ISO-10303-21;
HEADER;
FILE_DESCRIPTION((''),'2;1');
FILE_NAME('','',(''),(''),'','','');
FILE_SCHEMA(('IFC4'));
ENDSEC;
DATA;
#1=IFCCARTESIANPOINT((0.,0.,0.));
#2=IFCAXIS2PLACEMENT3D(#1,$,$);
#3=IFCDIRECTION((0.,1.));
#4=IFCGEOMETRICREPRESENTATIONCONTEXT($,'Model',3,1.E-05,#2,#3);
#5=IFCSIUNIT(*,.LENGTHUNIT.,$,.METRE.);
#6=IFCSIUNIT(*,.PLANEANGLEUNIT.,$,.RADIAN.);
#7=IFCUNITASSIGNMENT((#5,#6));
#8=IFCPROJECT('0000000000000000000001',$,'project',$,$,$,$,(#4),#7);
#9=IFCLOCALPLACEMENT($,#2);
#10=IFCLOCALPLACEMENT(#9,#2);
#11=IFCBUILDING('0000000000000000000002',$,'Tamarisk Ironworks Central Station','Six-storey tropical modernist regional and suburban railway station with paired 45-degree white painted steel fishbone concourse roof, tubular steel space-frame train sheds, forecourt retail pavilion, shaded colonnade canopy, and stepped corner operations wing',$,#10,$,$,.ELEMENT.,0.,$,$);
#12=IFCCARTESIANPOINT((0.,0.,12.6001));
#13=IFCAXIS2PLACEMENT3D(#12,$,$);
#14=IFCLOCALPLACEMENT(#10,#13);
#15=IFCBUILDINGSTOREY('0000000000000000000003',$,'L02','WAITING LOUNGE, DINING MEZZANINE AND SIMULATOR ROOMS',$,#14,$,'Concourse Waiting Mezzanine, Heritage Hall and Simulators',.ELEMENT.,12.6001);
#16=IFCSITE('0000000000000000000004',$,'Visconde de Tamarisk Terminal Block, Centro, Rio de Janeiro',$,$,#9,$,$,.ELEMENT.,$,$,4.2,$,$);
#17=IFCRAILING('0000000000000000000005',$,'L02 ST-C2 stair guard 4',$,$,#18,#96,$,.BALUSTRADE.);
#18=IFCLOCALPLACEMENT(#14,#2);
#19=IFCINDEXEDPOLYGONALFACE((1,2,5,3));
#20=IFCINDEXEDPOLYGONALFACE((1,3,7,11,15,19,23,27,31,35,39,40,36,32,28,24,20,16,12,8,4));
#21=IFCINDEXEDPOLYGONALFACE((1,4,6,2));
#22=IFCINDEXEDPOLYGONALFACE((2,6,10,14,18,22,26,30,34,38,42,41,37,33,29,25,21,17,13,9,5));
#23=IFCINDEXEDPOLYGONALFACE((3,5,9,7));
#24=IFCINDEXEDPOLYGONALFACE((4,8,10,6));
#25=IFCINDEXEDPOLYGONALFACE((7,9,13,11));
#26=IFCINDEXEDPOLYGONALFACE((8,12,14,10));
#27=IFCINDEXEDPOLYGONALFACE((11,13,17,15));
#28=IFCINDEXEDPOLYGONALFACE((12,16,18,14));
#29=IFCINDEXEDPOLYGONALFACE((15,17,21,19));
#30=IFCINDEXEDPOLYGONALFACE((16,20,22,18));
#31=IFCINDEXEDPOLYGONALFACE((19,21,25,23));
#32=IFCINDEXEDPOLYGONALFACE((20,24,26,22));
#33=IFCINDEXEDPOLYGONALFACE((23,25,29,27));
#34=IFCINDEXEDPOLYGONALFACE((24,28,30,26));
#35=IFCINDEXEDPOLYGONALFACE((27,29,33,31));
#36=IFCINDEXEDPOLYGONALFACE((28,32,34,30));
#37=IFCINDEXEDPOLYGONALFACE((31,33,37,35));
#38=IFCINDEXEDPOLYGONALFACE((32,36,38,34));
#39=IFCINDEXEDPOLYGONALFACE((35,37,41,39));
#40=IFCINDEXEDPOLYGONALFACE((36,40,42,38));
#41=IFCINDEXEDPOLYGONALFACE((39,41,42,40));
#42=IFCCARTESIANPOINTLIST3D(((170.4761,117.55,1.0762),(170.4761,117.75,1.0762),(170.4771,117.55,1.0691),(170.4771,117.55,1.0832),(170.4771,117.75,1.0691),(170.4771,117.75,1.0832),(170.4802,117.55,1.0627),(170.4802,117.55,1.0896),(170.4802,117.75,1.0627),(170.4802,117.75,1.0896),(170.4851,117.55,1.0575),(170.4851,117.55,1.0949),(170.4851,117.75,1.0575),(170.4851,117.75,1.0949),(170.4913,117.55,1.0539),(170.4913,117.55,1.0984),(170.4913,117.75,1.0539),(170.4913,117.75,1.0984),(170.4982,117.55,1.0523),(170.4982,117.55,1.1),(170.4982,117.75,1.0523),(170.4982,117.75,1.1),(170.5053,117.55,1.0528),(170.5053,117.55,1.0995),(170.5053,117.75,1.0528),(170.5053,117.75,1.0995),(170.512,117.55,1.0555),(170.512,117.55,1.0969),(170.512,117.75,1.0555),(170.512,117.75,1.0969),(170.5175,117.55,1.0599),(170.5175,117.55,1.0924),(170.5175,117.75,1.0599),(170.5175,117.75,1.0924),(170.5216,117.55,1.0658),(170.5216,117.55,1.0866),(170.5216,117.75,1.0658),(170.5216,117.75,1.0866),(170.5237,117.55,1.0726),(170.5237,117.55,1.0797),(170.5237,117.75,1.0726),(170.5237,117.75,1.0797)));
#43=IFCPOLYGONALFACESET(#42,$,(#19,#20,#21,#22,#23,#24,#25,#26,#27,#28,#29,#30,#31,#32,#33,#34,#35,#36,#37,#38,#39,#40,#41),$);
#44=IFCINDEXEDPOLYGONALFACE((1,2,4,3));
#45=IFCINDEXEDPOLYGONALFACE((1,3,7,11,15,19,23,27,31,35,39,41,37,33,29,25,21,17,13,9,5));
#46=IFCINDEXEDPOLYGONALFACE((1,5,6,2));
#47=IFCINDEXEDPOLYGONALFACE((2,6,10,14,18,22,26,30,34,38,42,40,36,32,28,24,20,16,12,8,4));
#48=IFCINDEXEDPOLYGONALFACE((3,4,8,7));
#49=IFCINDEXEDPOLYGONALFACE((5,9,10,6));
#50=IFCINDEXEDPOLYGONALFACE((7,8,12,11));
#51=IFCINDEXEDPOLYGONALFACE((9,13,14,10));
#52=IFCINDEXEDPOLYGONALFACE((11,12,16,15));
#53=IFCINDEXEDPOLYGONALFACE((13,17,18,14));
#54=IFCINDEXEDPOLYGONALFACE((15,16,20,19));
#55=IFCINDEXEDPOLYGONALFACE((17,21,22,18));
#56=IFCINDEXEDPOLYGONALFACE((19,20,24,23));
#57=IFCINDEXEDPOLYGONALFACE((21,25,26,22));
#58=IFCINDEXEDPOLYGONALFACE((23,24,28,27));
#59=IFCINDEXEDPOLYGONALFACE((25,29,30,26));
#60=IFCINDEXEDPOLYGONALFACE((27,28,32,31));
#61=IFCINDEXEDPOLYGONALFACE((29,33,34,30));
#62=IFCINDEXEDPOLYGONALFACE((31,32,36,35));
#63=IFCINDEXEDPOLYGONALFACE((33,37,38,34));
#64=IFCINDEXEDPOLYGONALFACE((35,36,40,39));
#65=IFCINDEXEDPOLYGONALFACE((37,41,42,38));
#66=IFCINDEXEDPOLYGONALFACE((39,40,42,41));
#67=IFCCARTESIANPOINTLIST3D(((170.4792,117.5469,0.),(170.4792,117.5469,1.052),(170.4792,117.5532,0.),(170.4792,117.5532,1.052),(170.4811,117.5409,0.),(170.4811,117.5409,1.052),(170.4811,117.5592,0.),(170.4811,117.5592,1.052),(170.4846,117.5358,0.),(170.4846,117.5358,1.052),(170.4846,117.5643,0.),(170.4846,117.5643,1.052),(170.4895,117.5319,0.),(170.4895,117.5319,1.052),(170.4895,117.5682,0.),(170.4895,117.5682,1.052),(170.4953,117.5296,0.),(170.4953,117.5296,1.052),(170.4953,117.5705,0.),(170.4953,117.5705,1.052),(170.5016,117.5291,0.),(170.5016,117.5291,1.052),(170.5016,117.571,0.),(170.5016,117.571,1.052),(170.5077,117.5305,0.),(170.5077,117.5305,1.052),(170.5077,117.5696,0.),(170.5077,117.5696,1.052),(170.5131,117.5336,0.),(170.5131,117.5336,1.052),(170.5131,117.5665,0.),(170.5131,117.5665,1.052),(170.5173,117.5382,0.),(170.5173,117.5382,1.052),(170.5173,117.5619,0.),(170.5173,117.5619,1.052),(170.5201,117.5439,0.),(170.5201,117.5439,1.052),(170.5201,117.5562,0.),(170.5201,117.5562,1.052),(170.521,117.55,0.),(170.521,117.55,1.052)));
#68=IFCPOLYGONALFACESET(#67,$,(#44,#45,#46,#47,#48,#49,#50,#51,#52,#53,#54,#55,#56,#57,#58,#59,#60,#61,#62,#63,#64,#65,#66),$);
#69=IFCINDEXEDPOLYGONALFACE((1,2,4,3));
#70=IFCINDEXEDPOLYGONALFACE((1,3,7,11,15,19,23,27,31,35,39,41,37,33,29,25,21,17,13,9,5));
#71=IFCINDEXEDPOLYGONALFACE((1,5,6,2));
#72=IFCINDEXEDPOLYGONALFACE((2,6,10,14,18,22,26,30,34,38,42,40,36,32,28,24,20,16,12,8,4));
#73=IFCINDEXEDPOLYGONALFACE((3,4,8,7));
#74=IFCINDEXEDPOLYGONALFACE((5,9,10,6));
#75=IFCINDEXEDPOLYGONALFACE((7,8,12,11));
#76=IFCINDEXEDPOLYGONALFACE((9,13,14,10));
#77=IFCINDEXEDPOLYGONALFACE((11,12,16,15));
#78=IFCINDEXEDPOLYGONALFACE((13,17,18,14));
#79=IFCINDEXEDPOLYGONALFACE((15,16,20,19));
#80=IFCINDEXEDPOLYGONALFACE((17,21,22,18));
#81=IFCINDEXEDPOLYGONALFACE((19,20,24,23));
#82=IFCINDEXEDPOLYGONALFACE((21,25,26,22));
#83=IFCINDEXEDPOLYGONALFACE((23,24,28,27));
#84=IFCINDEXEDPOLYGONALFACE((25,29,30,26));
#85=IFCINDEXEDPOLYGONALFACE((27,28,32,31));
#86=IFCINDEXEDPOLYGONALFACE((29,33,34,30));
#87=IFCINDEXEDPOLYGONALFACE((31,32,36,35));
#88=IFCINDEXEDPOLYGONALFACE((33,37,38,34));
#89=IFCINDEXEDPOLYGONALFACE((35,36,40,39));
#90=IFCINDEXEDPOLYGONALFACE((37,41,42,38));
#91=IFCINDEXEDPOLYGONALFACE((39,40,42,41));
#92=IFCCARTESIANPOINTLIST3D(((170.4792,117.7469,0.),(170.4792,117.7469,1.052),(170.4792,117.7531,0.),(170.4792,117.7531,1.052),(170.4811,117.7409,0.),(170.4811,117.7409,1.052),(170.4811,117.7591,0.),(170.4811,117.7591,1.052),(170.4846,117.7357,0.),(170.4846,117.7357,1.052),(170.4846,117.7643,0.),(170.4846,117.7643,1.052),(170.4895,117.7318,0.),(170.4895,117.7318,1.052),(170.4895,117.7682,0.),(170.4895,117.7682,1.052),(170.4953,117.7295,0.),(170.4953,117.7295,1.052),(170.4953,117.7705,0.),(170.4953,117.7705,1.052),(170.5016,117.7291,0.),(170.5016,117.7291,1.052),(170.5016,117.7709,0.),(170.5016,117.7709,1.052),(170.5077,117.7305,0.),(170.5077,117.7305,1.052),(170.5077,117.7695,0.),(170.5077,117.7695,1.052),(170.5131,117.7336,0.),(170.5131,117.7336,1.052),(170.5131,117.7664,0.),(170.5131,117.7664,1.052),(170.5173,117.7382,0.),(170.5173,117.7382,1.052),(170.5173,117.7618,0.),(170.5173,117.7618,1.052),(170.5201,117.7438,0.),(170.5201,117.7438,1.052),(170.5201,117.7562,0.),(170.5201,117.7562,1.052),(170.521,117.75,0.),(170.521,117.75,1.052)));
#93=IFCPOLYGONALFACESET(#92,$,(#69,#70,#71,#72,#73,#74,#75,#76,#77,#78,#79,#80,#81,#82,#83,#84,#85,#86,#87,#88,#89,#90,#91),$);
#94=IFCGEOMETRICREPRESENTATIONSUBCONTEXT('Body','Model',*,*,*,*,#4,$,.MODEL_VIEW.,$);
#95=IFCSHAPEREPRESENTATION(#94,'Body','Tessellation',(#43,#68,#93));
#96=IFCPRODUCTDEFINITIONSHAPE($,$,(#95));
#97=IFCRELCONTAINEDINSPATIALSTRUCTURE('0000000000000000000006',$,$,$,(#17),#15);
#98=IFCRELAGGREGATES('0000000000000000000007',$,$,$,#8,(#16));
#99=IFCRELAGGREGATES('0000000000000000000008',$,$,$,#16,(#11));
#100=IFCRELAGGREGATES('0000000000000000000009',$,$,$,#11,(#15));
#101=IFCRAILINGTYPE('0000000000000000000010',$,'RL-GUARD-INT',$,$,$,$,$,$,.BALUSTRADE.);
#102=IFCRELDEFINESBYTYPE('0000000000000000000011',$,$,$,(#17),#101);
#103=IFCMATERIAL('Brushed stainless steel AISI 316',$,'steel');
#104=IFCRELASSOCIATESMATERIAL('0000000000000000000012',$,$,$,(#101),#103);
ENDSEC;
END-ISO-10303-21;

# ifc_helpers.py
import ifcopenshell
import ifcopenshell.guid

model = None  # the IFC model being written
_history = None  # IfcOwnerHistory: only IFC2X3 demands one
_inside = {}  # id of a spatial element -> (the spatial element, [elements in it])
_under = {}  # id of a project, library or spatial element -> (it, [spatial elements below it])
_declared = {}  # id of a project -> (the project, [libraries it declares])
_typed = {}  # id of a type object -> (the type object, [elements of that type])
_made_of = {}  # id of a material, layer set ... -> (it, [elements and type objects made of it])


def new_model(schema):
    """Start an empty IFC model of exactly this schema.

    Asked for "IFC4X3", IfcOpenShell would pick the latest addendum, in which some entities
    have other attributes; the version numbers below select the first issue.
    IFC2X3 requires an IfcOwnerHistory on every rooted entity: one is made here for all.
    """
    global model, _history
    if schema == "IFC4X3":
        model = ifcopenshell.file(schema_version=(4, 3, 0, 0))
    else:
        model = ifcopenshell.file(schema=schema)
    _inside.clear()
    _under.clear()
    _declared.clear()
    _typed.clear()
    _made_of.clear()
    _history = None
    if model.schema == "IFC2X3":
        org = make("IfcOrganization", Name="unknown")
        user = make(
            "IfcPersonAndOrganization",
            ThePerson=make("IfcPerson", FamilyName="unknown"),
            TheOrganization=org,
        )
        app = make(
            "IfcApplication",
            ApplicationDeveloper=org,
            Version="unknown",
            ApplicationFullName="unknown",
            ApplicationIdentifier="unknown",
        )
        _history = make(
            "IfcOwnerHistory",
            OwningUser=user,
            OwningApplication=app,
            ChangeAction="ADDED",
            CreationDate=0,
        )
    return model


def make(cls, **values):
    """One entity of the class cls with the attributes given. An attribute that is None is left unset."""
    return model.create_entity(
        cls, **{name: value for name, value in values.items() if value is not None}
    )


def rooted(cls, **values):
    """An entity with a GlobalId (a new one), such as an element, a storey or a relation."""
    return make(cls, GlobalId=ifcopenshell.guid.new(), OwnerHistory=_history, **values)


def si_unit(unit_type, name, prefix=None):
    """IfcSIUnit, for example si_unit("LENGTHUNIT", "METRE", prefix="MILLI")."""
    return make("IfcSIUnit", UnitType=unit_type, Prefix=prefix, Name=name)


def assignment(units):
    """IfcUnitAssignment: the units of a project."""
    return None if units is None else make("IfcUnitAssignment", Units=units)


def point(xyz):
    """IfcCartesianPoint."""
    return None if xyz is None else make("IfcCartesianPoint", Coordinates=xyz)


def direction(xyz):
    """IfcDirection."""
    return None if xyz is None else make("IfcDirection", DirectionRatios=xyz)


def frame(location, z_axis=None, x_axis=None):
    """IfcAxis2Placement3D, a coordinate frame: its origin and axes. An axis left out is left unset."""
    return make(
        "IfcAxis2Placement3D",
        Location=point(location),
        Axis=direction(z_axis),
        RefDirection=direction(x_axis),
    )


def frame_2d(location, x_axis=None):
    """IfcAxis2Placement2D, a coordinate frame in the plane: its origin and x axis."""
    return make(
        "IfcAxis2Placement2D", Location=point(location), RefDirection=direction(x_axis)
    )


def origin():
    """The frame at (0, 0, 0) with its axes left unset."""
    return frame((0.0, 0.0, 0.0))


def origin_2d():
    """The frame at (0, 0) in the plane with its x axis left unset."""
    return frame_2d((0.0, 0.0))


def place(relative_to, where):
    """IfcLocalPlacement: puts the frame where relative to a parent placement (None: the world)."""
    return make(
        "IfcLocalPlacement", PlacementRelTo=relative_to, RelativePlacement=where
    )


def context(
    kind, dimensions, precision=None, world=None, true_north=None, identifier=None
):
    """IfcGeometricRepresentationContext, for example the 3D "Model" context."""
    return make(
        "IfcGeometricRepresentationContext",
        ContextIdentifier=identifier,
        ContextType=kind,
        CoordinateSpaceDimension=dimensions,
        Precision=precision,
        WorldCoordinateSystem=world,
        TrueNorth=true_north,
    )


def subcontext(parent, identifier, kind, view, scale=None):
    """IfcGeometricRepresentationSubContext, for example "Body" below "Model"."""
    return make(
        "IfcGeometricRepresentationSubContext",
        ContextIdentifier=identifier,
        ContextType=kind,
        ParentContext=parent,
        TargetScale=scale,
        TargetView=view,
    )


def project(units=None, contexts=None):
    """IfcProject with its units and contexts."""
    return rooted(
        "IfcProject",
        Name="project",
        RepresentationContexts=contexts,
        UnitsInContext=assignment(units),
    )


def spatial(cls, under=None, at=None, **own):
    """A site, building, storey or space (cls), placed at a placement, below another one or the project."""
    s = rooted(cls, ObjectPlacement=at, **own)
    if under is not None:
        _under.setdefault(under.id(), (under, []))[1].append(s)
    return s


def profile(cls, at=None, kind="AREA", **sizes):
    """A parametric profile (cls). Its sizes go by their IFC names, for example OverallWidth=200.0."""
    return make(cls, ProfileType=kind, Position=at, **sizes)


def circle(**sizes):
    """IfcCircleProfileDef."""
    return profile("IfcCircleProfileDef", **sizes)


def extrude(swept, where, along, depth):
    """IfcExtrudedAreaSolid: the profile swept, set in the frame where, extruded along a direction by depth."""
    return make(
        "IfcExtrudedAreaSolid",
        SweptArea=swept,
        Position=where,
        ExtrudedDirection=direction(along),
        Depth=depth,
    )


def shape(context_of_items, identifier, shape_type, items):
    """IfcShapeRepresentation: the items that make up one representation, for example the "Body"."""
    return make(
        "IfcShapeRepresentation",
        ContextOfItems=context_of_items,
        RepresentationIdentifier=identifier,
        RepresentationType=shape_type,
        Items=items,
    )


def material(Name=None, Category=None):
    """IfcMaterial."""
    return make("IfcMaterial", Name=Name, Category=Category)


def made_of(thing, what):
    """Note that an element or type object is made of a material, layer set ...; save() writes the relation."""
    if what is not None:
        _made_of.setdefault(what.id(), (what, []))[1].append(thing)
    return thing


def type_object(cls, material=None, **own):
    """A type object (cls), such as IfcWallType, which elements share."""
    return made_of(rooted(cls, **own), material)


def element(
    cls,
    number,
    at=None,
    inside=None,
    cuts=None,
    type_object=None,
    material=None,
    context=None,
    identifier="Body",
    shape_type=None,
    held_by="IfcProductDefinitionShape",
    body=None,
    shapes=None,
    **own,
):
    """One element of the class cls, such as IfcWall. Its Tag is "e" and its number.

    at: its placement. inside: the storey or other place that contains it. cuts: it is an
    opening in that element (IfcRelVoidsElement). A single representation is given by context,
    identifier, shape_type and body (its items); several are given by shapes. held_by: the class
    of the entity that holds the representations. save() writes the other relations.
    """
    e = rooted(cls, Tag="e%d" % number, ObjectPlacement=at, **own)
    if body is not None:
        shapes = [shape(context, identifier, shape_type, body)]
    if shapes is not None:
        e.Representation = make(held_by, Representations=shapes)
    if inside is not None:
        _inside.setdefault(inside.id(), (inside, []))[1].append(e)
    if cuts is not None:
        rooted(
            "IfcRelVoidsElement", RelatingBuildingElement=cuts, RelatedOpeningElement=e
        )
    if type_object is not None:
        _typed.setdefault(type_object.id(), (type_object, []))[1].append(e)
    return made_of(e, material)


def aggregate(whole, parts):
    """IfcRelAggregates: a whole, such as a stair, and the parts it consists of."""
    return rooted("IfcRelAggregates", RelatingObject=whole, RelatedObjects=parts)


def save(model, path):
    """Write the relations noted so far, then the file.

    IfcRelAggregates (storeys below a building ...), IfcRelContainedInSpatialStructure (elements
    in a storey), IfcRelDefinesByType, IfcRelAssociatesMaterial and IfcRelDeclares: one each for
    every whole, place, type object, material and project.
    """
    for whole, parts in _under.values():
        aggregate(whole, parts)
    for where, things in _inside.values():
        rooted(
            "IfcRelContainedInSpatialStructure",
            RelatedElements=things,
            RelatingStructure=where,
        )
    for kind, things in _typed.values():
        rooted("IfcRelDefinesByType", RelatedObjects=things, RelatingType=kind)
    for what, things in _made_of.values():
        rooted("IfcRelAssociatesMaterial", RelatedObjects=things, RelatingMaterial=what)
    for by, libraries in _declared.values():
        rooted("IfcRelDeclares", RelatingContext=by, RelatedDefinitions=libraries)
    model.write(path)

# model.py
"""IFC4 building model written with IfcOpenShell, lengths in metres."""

from ifc_helpers import new_model, si_unit, direction, frame, origin, origin_2d, place, context, subcontext, project, spatial, circle, extrude, material, type_object, element, save


model = new_model("IFC4")

# Units and contexts
model_context = context("Model", 3, precision=1e-05, world=origin(), true_north=direction((0.0, 1.0)))
body_context = subcontext(model_context, "Body", "Model", "MODEL_VIEW")
ifc_project = project(units=[si_unit("LENGTHUNIT", "METRE"), si_unit("PLANEANGLEUNIT", "RADIAN")], contexts=[model_context])

# Site, building, storey
site_placement = place(None, origin())
site = spatial("IfcSite", under=ifc_project, at=site_placement, Name="Visconde de Tamarisk Terminal Block, Centro, Rio de Janeiro", CompositionType="ELEMENT", RefElevation=4.2)
building_placement = place(site_placement, origin())
building = spatial("IfcBuilding", under=site, at=building_placement, Name="Tamarisk Ironworks Central Station", Description="Six-storey tropical modernist regional and suburban railway station with paired 45-degree white painted steel fishbone concourse roof, tubular steel space-frame train sheds, forecourt retail pavilion, shaded colonnade canopy, and stepped corner operations wing", CompositionType="ELEMENT", ElevationOfRefHeight=0.0)
storey_placement = place(building_placement, frame((0.0, 0.0, 12.6001)))
storey = spatial("IfcBuildingStorey", under=building, at=storey_placement, Name="L02", Description="WAITING LOUNGE, DINING MEZZANINE AND SIMULATOR ROOMS", LongName="Concourse Waiting Mezzanine, Heritage Hall and Simulators", CompositionType="ELEMENT", Elevation=12.6001)

# Railing
ifc_material_1 = material(Name="Brushed stainless steel AISI 316", Category="steel")
railing_type_1 = type_object("IfcRailingType", Name="RL-GUARD-INT", PredefinedType="BALUSTRADE", material=ifc_material_1)
railing_1_placement = place(storey_placement, frame((170.5, 117.55, 0.0)))
element("IfcRailing", 1, at=railing_1_placement, inside=storey, type_object=railing_type_1, Name="L02 ST-C2 stair guard 4", PredefinedType="BALUSTRADE", context=body_context, shape_type="SweptSolid", body=[
    extrude(circle(Radius=0.0239, at=origin_2d()), frame((0.0, 0.0, 1.0762), z_axis=(0.0, 1.0, 0.0), x_axis=(-1.0, 0.0, 0.0)), (0.0, 0.0, 1.0), 0.2),
    extrude(circle(Radius=0.021, at=origin_2d()), origin(), (0.0, 0.0, 1.0), 1.052),
    extrude(circle(Radius=0.021, at=origin_2d()), frame((0.0, 0.2, 0.0)), (0.0, 0.0, 1.0), 1.052),
])

save(model, "model.ifc")
